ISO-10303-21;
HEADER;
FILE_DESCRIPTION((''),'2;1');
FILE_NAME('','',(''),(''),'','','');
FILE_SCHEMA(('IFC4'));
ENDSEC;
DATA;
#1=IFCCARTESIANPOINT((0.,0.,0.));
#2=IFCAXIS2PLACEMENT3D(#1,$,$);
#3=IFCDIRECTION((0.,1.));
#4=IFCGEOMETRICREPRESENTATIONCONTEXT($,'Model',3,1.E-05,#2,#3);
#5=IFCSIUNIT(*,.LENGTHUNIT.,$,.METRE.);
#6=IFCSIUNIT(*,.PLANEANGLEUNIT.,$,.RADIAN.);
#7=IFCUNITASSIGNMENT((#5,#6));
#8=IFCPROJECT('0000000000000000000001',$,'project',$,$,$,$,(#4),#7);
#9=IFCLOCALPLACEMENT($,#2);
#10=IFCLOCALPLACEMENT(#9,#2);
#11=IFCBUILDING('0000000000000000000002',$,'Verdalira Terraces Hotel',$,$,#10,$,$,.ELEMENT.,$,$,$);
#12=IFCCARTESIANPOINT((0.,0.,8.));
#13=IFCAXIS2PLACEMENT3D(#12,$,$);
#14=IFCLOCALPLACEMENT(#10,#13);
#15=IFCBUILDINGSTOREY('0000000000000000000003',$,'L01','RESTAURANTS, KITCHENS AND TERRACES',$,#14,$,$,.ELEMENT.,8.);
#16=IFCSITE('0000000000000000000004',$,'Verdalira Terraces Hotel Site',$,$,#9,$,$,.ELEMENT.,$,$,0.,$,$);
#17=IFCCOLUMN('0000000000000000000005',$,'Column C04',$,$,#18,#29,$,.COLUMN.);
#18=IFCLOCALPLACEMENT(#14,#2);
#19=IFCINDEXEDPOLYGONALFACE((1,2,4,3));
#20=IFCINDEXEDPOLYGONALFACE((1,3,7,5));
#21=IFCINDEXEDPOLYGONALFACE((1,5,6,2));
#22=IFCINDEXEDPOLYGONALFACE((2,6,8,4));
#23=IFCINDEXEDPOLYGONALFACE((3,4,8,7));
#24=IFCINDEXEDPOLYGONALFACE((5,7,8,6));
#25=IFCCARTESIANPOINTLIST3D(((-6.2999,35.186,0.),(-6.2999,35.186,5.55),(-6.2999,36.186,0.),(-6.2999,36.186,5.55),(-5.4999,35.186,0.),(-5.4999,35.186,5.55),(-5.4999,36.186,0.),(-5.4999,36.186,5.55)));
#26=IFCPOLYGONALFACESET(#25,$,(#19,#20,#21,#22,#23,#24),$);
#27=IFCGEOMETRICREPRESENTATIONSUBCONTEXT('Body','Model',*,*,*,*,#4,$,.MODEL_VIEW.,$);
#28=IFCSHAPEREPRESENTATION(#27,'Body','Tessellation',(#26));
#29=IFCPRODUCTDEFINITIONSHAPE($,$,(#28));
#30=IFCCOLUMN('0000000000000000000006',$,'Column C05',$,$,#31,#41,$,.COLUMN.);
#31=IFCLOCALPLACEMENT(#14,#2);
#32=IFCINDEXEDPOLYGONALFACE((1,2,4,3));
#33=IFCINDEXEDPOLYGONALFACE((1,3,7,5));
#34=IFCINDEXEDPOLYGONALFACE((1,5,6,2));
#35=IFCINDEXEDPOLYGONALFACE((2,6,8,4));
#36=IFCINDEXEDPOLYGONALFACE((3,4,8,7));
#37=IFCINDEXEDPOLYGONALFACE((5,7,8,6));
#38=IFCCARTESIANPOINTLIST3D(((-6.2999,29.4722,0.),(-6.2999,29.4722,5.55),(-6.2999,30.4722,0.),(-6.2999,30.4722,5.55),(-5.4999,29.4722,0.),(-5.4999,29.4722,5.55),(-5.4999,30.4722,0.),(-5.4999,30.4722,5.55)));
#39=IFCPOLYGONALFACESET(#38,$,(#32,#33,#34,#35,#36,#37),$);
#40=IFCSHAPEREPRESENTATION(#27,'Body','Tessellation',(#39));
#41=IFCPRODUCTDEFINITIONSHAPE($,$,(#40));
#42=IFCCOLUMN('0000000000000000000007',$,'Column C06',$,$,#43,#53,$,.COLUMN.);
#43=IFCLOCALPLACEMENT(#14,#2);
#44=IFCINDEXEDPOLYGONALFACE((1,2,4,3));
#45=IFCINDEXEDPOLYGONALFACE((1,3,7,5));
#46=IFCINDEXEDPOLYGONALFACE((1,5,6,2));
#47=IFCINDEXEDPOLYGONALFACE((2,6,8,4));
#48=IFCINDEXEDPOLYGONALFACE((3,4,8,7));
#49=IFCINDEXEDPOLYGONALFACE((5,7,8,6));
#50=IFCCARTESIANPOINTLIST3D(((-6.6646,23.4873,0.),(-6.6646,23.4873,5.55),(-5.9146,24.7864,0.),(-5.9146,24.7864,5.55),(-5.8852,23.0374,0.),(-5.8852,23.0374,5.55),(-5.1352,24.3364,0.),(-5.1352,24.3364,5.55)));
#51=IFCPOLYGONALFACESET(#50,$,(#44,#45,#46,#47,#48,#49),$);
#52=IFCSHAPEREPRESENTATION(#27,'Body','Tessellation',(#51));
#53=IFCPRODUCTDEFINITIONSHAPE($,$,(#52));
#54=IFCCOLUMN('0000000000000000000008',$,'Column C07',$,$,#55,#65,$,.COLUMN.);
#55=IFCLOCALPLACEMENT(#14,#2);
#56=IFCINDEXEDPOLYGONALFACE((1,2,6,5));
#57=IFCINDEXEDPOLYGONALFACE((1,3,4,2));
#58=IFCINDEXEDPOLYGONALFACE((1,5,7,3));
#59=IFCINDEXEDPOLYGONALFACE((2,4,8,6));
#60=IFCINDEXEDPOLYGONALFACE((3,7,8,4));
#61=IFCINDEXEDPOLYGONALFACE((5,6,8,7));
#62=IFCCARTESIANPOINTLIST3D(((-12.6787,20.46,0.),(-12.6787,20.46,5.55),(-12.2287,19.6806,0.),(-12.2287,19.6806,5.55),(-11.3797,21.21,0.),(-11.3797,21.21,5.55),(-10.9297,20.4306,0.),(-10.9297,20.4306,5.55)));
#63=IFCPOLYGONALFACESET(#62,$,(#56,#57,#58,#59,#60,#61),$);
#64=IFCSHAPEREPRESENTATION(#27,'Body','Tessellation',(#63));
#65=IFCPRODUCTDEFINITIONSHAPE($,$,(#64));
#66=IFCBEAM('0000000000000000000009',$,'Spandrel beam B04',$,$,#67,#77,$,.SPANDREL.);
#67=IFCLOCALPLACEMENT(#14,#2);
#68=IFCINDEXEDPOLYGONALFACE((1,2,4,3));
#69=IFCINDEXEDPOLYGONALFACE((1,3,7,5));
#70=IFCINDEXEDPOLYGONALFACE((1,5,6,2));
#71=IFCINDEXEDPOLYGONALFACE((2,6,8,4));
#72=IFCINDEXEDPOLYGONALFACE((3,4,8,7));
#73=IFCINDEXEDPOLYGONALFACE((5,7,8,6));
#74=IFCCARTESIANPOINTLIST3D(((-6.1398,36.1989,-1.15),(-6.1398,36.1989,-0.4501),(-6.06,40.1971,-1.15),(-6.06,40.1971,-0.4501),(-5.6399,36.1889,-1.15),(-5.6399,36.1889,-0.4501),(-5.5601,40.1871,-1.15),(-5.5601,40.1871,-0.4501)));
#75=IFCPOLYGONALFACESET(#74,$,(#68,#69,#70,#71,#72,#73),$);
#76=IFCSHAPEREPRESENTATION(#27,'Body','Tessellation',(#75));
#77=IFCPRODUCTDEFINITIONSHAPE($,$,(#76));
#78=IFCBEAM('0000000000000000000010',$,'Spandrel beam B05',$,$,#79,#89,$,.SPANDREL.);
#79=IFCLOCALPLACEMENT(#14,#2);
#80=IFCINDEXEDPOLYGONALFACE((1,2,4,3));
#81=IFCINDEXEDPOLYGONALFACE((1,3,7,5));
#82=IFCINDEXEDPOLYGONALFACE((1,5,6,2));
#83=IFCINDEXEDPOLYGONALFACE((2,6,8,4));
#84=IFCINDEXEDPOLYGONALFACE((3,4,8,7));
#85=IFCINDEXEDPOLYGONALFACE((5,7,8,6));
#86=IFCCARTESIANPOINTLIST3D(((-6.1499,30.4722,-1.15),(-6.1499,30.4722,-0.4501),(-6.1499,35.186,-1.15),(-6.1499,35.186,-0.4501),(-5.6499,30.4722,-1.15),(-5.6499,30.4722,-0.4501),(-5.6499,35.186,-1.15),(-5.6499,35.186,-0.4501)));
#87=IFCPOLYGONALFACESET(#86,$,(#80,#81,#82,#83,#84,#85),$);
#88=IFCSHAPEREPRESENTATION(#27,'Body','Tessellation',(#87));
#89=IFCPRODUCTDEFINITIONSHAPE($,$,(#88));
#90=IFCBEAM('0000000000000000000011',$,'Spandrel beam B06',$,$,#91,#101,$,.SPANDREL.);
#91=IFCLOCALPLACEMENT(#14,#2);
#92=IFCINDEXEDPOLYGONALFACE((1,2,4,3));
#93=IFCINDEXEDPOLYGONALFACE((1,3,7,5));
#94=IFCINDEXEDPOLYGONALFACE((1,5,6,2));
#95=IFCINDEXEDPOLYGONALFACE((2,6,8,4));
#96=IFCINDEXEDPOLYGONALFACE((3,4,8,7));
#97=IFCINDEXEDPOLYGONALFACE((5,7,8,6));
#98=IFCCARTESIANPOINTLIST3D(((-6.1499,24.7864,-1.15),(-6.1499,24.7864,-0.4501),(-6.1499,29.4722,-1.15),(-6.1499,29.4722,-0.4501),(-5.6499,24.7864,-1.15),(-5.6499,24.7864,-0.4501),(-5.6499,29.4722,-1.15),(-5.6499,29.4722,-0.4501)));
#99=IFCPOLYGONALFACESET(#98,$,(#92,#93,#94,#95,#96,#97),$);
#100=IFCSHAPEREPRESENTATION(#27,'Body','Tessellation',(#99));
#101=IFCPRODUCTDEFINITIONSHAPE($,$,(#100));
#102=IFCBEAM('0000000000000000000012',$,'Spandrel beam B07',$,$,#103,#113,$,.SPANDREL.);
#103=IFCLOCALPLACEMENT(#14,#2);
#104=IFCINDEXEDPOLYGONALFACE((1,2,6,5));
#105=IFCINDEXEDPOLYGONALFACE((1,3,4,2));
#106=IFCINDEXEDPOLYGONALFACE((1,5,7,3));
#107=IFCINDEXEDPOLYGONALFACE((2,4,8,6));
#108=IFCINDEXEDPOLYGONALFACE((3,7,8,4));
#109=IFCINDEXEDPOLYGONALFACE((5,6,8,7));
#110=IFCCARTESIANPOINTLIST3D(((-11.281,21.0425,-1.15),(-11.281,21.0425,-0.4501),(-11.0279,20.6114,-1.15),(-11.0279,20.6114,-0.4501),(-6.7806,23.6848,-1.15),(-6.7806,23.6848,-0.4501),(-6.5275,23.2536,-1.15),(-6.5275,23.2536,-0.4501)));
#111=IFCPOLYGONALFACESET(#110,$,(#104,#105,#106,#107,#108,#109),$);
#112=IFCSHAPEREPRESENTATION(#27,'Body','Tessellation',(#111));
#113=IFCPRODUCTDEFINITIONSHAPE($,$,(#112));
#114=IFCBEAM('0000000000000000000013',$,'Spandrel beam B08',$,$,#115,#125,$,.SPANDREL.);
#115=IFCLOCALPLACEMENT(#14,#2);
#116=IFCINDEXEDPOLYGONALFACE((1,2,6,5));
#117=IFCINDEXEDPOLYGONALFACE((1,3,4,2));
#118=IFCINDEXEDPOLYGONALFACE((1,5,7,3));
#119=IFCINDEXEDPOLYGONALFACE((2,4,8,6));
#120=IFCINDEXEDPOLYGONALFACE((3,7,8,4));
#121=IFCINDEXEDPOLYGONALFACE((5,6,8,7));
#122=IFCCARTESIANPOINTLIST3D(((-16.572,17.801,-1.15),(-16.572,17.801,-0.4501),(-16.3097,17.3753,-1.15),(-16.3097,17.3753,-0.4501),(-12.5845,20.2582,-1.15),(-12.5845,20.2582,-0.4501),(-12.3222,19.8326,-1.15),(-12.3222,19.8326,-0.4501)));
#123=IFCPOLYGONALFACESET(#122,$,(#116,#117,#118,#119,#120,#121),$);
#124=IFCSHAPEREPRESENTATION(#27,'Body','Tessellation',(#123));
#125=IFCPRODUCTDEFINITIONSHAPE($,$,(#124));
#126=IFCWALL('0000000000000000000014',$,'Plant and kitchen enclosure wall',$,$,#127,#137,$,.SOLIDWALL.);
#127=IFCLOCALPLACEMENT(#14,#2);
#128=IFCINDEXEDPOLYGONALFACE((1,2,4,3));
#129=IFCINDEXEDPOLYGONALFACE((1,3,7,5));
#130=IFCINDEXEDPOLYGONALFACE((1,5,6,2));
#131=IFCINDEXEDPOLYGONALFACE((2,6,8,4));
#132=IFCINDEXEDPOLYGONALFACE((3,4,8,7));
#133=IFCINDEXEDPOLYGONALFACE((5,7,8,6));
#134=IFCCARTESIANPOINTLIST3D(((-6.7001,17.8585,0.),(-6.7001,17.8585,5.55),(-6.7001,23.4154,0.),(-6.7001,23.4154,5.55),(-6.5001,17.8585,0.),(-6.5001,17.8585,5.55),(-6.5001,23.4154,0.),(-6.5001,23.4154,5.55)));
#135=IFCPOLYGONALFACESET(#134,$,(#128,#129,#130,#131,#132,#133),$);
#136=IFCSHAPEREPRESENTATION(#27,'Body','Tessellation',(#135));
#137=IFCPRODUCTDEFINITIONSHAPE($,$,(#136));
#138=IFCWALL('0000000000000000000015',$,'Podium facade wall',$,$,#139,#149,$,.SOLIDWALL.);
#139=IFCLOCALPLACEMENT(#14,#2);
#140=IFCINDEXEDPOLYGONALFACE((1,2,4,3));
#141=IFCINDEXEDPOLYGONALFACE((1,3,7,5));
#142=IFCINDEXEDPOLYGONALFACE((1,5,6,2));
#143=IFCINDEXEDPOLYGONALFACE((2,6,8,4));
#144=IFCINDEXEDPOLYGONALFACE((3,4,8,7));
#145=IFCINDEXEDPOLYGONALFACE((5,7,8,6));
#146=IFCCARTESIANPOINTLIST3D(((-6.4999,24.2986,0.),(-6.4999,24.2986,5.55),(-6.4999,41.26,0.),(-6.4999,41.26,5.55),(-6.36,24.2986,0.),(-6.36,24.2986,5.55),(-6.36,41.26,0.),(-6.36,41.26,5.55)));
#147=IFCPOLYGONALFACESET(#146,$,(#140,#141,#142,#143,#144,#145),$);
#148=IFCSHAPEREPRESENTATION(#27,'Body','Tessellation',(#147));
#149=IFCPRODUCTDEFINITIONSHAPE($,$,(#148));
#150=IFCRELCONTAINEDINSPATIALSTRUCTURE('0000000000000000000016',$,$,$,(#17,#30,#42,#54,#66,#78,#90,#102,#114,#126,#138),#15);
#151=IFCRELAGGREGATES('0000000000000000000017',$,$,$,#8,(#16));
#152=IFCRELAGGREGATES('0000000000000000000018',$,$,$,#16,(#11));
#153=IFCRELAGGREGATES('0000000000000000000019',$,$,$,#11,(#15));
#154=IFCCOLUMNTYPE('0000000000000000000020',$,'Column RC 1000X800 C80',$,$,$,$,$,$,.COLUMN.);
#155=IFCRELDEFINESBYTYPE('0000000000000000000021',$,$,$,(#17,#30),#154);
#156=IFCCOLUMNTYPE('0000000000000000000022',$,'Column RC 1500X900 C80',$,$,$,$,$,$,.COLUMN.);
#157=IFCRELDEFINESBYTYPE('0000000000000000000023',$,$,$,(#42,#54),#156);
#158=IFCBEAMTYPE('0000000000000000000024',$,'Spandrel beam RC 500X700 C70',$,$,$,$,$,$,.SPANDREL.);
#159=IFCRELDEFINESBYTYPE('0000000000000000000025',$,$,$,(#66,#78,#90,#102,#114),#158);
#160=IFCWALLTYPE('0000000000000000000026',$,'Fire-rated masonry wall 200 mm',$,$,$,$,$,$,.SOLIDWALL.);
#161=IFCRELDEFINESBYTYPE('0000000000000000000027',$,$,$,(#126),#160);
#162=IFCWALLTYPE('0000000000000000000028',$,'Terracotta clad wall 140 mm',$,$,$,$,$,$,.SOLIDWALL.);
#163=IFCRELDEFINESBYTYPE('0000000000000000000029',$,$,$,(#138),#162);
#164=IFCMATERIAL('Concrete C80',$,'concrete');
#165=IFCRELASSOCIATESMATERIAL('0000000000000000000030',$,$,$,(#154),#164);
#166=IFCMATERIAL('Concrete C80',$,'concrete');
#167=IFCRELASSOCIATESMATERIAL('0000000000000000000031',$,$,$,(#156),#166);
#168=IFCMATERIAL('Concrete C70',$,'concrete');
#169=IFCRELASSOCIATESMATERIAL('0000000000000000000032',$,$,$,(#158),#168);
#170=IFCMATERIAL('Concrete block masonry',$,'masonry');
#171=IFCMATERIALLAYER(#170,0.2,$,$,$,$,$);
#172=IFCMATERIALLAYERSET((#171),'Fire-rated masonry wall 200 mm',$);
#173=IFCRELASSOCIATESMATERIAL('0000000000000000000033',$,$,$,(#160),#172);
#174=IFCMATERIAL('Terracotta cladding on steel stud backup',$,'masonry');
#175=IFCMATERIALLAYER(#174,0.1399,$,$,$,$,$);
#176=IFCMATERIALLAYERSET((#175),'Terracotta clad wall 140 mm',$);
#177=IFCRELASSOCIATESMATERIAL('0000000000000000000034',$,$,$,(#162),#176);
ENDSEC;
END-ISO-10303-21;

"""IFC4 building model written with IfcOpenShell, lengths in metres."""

from ifc_helpers import new_model, si_unit, direction, frame, frame_2d, origin, origin_2d, place, context, subcontext, project, spatial, rectangle, extrude, material, layer, layer_set, material_profile, profile_set, type_object, element, save


model = new_model("IFC4")

# Units and contexts
model_context = context("Model", 3, precision=1e-05, world=origin(), true_north=direction((0.0, 1.0)))
body_context = subcontext(model_context, "Body", "Model", "MODEL_VIEW")
ifc_project = project(units=[si_unit("LENGTHUNIT", "METRE"), si_unit("PLANEANGLEUNIT", "RADIAN")], contexts=[model_context])

# Site, building, storey
site_placement = place(None, origin())
site = spatial("IfcSite", under=ifc_project, at=site_placement, Name="Verdalira Terraces Hotel Site", CompositionType="ELEMENT", RefElevation=0.0)
building_placement = place(site_placement, origin())
building = spatial("IfcBuilding", under=site, at=building_placement, Name="Verdalira Terraces Hotel", CompositionType="ELEMENT")
storey_placement = place(building_placement, frame((0.0, 0.0, 8.0)))
storey = spatial("IfcBuildingStorey", under=building, at=storey_placement, Name="L01", Description="RESTAURANTS, KITCHENS AND TERRACES", CompositionType="ELEMENT", Elevation=8.0)

# Columns
ifc_material_1 = material(Name="Concrete C80", Category="concrete")
ifc_material_profile_1 = material_profile(ifc_material_1, rectangle(XDim=1.0, YDim=0.8, at=origin_2d()), Name="RC 1000X800")
ifc_profile_set_1 = profile_set([ifc_material_profile_1], Name="Concrete C80")
column_type_1 = type_object("IfcColumnType", Name="Column RC 1000X800 C80", PredefinedType="COLUMN", material=ifc_profile_set_1)
for number, where, z_axis, x_axis, name in (
    (1, (-5.8999, 35.686, 0.0), (0.0, 0.0, 1.0), (0.0, -1.0, 0.0), "Column C04"),
    (2, (-5.8999, 29.9722, 0.0), (0.0, 0.0, 1.0), (0.0, -1.0, 0.0), "Column C05"),
):
    element("IfcColumn", number, at=place(storey_placement, frame(where, z_axis=z_axis, x_axis=x_axis)), inside=storey, type_object=column_type_1, Name=name, PredefinedType="COLUMN", context=body_context, shape_type="SweptSolid", body=[
        extrude(rectangle(XDim=1.0, YDim=0.8, at=origin_2d()), origin(), (0.0, 0.0, 1.0), 5.55),
    ])
ifc_material_2 = material(Name="Concrete C80", Category="concrete")
ifc_material_profile_2 = material_profile(ifc_material_2, rectangle(XDim=1.5, YDim=0.8999, at=origin_2d()), Name="RC 1500X900")
ifc_profile_set_2 = profile_set([ifc_material_profile_2], Name="Concrete C80")
column_type_2 = type_object("IfcColumnType", Name="Column RC 1500X900 C80", PredefinedType="COLUMN", material=ifc_profile_set_2)
for number, where, z_axis, x_axis, name in (
    (3, (-5.8999, 23.9119, 0.0), (0.0, 0.0, 1.0), (0.5, 0.866025, 0.0), "Column C06"),
    (4, (-11.8042, 20.4453, 0.0), (0.0, 0.0, 1.0), (-0.866025, -0.5, 0.0), "Column C07"),
):
    element("IfcColumn", number, at=place(storey_placement, frame(where, z_axis=z_axis, x_axis=x_axis)), inside=storey, type_object=column_type_2, Name=name, PredefinedType="COLUMN", context=body_context, shape_type="SweptSolid", body=[
        extrude(rectangle(XDim=1.5, YDim=0.8999, at=origin_2d()), origin(), (0.0, 0.0, 1.0), 5.55),
    ])

# Beams
ifc_material_3 = material(Name="Concrete C70", Category="concrete")
ifc_material_profile_3 = material_profile(ifc_material_3, rectangle(XDim=0.5, YDim=0.7, at=origin_2d()), Name="RC 500X700")
ifc_profile_set_3 = profile_set([ifc_material_profile_3], Name="Concrete C70")
beam_type = type_object("IfcBeamType", Name="Spandrel beam RC 500X700 C70", PredefinedType="SPANDREL", material=ifc_profile_set_3)
beam_1_placement = place(storey_placement, frame((-5.8101, 40.1921, -0.8), z_axis=(-0.019963, -0.999801, 0.0), x_axis=(0.999801, -0.019963, 0.0)))
element("IfcBeam", 5, at=beam_1_placement, inside=storey, type_object=beam_type, Name="Spandrel beam B04", PredefinedType="SPANDREL", context=body_context, shape_type="SweptSolid", body=[
    extrude(rectangle(XDim=0.5, YDim=0.7, at=origin_2d()), origin(), (0.0, 0.0, 1.0), 3.999),
])
beam_2_placement = place(storey_placement, frame((-5.8999, 35.186, -0.8), z_axis=(0.0, -1.0, 0.0), x_axis=(1.0, 0.0, 0.0)))
element("IfcBeam", 6, at=beam_2_placement, inside=storey, type_object=beam_type, Name="Spandrel beam B05", PredefinedType="SPANDREL", context=body_context, shape_type="SweptSolid", body=[
    extrude(rectangle(XDim=0.5, YDim=0.7, at=origin_2d()), origin(), (0.0, 0.0, 1.0), 4.7139),
])
beam_3_placement = place(storey_placement, frame((-5.8999, 29.4722, -0.8), z_axis=(0.0, -1.0, 0.0), x_axis=(1.0, 0.0, 0.0)))
element("IfcBeam", 7, at=beam_3_placement, inside=storey, type_object=beam_type, Name="Spandrel beam B06", PredefinedType="SPANDREL", context=body_context, shape_type="SweptSolid", body=[
    extrude(rectangle(XDim=0.5, YDim=0.7, at=origin_2d()), origin(), (0.0, 0.0, 1.0), 4.6858),
])
beam_4_placement = place(storey_placement, frame((-6.6541, 23.4692, -0.8), z_axis=(-0.862354, -0.506306, 0.0), x_axis=(0.506306, -0.862354, 0.0)))
element("IfcBeam", 8, at=beam_4_placement, inside=storey, type_object=beam_type, Name="Spandrel beam B07", PredefinedType="SPANDREL", context=body_context, shape_type="SweptSolid", body=[
    extrude(rectangle(XDim=0.5, YDim=0.7, at=origin_2d()), origin(), (0.0, 0.0, 1.0), 5.2188),
])
beam_5_placement = place(storey_placement, frame((-12.4534, 20.0454, -0.8), z_axis=(-0.851334, -0.524624, 0.0), x_axis=(0.524624, -0.851334, 0.0)))
element("IfcBeam", 9, at=beam_5_placement, inside=storey, type_object=beam_type, Name="Spandrel beam B08", PredefinedType="SPANDREL", context=body_context, shape_type="SweptSolid", body=[
    extrude(rectangle(XDim=0.5, YDim=0.7, at=origin_2d()), origin(), (0.0, 0.0, 1.0), 4.6838),
])

# Walls
ifc_material_4 = material(Name="Concrete block masonry", Category="masonry")
ifc_layer_1 = layer(ifc_material_4, 0.2)
ifc_layer_set_1 = layer_set([ifc_layer_1], Name="Fire-rated masonry wall 200 mm")
wall_type_1 = type_object("IfcWallType", Name="Fire-rated masonry wall 200 mm", PredefinedType="SOLIDWALL", material=ifc_layer_set_1)
wall_1_placement = place(storey_placement, frame((-6.6001, 23.4153, 0.0), z_axis=(0.0, 0.0, 1.0), x_axis=(0.0, -1.0, 0.0)))
element("IfcWall", 10, at=wall_1_placement, inside=storey, type_object=wall_type_1, Name="Plant and kitchen enclosure wall", PredefinedType="SOLIDWALL", context=body_context, shape_type="SweptSolid", body=[
    extrude(rectangle(XDim=5.5569, YDim=0.2, at=frame_2d((2.7783, 0.0))), origin(), (0.0, 0.0, 1.0), 5.55),
])
ifc_material_5 = material(Name="Terracotta cladding on steel stud backup", Category="masonry")
ifc_layer_2 = layer(ifc_material_5, 0.1399)
ifc_layer_set_2 = layer_set([ifc_layer_2], Name="Terracotta clad wall 140 mm")
wall_type_2 = type_object("IfcWallType", Name="Terracotta clad wall 140 mm", PredefinedType="SOLIDWALL", material=ifc_layer_set_2)
wall_2_placement = place(storey_placement, frame((-6.4299, 41.26, 0.0), z_axis=(0.0, 0.0, 1.0), x_axis=(0.0, -1.0, 0.0)))
element("IfcWall", 11, at=wall_2_placement, inside=storey, type_object=wall_type_2, Name="Podium facade wall", PredefinedType="SOLIDWALL", context=body_context, shape_type="SweptSolid", body=[
    extrude(rectangle(XDim=16.9614, YDim=0.1399, at=frame_2d((8.4807, 0.0))), origin(), (0.0, 0.0, 1.0), 5.55),
])

save(model, "model.ifc")
